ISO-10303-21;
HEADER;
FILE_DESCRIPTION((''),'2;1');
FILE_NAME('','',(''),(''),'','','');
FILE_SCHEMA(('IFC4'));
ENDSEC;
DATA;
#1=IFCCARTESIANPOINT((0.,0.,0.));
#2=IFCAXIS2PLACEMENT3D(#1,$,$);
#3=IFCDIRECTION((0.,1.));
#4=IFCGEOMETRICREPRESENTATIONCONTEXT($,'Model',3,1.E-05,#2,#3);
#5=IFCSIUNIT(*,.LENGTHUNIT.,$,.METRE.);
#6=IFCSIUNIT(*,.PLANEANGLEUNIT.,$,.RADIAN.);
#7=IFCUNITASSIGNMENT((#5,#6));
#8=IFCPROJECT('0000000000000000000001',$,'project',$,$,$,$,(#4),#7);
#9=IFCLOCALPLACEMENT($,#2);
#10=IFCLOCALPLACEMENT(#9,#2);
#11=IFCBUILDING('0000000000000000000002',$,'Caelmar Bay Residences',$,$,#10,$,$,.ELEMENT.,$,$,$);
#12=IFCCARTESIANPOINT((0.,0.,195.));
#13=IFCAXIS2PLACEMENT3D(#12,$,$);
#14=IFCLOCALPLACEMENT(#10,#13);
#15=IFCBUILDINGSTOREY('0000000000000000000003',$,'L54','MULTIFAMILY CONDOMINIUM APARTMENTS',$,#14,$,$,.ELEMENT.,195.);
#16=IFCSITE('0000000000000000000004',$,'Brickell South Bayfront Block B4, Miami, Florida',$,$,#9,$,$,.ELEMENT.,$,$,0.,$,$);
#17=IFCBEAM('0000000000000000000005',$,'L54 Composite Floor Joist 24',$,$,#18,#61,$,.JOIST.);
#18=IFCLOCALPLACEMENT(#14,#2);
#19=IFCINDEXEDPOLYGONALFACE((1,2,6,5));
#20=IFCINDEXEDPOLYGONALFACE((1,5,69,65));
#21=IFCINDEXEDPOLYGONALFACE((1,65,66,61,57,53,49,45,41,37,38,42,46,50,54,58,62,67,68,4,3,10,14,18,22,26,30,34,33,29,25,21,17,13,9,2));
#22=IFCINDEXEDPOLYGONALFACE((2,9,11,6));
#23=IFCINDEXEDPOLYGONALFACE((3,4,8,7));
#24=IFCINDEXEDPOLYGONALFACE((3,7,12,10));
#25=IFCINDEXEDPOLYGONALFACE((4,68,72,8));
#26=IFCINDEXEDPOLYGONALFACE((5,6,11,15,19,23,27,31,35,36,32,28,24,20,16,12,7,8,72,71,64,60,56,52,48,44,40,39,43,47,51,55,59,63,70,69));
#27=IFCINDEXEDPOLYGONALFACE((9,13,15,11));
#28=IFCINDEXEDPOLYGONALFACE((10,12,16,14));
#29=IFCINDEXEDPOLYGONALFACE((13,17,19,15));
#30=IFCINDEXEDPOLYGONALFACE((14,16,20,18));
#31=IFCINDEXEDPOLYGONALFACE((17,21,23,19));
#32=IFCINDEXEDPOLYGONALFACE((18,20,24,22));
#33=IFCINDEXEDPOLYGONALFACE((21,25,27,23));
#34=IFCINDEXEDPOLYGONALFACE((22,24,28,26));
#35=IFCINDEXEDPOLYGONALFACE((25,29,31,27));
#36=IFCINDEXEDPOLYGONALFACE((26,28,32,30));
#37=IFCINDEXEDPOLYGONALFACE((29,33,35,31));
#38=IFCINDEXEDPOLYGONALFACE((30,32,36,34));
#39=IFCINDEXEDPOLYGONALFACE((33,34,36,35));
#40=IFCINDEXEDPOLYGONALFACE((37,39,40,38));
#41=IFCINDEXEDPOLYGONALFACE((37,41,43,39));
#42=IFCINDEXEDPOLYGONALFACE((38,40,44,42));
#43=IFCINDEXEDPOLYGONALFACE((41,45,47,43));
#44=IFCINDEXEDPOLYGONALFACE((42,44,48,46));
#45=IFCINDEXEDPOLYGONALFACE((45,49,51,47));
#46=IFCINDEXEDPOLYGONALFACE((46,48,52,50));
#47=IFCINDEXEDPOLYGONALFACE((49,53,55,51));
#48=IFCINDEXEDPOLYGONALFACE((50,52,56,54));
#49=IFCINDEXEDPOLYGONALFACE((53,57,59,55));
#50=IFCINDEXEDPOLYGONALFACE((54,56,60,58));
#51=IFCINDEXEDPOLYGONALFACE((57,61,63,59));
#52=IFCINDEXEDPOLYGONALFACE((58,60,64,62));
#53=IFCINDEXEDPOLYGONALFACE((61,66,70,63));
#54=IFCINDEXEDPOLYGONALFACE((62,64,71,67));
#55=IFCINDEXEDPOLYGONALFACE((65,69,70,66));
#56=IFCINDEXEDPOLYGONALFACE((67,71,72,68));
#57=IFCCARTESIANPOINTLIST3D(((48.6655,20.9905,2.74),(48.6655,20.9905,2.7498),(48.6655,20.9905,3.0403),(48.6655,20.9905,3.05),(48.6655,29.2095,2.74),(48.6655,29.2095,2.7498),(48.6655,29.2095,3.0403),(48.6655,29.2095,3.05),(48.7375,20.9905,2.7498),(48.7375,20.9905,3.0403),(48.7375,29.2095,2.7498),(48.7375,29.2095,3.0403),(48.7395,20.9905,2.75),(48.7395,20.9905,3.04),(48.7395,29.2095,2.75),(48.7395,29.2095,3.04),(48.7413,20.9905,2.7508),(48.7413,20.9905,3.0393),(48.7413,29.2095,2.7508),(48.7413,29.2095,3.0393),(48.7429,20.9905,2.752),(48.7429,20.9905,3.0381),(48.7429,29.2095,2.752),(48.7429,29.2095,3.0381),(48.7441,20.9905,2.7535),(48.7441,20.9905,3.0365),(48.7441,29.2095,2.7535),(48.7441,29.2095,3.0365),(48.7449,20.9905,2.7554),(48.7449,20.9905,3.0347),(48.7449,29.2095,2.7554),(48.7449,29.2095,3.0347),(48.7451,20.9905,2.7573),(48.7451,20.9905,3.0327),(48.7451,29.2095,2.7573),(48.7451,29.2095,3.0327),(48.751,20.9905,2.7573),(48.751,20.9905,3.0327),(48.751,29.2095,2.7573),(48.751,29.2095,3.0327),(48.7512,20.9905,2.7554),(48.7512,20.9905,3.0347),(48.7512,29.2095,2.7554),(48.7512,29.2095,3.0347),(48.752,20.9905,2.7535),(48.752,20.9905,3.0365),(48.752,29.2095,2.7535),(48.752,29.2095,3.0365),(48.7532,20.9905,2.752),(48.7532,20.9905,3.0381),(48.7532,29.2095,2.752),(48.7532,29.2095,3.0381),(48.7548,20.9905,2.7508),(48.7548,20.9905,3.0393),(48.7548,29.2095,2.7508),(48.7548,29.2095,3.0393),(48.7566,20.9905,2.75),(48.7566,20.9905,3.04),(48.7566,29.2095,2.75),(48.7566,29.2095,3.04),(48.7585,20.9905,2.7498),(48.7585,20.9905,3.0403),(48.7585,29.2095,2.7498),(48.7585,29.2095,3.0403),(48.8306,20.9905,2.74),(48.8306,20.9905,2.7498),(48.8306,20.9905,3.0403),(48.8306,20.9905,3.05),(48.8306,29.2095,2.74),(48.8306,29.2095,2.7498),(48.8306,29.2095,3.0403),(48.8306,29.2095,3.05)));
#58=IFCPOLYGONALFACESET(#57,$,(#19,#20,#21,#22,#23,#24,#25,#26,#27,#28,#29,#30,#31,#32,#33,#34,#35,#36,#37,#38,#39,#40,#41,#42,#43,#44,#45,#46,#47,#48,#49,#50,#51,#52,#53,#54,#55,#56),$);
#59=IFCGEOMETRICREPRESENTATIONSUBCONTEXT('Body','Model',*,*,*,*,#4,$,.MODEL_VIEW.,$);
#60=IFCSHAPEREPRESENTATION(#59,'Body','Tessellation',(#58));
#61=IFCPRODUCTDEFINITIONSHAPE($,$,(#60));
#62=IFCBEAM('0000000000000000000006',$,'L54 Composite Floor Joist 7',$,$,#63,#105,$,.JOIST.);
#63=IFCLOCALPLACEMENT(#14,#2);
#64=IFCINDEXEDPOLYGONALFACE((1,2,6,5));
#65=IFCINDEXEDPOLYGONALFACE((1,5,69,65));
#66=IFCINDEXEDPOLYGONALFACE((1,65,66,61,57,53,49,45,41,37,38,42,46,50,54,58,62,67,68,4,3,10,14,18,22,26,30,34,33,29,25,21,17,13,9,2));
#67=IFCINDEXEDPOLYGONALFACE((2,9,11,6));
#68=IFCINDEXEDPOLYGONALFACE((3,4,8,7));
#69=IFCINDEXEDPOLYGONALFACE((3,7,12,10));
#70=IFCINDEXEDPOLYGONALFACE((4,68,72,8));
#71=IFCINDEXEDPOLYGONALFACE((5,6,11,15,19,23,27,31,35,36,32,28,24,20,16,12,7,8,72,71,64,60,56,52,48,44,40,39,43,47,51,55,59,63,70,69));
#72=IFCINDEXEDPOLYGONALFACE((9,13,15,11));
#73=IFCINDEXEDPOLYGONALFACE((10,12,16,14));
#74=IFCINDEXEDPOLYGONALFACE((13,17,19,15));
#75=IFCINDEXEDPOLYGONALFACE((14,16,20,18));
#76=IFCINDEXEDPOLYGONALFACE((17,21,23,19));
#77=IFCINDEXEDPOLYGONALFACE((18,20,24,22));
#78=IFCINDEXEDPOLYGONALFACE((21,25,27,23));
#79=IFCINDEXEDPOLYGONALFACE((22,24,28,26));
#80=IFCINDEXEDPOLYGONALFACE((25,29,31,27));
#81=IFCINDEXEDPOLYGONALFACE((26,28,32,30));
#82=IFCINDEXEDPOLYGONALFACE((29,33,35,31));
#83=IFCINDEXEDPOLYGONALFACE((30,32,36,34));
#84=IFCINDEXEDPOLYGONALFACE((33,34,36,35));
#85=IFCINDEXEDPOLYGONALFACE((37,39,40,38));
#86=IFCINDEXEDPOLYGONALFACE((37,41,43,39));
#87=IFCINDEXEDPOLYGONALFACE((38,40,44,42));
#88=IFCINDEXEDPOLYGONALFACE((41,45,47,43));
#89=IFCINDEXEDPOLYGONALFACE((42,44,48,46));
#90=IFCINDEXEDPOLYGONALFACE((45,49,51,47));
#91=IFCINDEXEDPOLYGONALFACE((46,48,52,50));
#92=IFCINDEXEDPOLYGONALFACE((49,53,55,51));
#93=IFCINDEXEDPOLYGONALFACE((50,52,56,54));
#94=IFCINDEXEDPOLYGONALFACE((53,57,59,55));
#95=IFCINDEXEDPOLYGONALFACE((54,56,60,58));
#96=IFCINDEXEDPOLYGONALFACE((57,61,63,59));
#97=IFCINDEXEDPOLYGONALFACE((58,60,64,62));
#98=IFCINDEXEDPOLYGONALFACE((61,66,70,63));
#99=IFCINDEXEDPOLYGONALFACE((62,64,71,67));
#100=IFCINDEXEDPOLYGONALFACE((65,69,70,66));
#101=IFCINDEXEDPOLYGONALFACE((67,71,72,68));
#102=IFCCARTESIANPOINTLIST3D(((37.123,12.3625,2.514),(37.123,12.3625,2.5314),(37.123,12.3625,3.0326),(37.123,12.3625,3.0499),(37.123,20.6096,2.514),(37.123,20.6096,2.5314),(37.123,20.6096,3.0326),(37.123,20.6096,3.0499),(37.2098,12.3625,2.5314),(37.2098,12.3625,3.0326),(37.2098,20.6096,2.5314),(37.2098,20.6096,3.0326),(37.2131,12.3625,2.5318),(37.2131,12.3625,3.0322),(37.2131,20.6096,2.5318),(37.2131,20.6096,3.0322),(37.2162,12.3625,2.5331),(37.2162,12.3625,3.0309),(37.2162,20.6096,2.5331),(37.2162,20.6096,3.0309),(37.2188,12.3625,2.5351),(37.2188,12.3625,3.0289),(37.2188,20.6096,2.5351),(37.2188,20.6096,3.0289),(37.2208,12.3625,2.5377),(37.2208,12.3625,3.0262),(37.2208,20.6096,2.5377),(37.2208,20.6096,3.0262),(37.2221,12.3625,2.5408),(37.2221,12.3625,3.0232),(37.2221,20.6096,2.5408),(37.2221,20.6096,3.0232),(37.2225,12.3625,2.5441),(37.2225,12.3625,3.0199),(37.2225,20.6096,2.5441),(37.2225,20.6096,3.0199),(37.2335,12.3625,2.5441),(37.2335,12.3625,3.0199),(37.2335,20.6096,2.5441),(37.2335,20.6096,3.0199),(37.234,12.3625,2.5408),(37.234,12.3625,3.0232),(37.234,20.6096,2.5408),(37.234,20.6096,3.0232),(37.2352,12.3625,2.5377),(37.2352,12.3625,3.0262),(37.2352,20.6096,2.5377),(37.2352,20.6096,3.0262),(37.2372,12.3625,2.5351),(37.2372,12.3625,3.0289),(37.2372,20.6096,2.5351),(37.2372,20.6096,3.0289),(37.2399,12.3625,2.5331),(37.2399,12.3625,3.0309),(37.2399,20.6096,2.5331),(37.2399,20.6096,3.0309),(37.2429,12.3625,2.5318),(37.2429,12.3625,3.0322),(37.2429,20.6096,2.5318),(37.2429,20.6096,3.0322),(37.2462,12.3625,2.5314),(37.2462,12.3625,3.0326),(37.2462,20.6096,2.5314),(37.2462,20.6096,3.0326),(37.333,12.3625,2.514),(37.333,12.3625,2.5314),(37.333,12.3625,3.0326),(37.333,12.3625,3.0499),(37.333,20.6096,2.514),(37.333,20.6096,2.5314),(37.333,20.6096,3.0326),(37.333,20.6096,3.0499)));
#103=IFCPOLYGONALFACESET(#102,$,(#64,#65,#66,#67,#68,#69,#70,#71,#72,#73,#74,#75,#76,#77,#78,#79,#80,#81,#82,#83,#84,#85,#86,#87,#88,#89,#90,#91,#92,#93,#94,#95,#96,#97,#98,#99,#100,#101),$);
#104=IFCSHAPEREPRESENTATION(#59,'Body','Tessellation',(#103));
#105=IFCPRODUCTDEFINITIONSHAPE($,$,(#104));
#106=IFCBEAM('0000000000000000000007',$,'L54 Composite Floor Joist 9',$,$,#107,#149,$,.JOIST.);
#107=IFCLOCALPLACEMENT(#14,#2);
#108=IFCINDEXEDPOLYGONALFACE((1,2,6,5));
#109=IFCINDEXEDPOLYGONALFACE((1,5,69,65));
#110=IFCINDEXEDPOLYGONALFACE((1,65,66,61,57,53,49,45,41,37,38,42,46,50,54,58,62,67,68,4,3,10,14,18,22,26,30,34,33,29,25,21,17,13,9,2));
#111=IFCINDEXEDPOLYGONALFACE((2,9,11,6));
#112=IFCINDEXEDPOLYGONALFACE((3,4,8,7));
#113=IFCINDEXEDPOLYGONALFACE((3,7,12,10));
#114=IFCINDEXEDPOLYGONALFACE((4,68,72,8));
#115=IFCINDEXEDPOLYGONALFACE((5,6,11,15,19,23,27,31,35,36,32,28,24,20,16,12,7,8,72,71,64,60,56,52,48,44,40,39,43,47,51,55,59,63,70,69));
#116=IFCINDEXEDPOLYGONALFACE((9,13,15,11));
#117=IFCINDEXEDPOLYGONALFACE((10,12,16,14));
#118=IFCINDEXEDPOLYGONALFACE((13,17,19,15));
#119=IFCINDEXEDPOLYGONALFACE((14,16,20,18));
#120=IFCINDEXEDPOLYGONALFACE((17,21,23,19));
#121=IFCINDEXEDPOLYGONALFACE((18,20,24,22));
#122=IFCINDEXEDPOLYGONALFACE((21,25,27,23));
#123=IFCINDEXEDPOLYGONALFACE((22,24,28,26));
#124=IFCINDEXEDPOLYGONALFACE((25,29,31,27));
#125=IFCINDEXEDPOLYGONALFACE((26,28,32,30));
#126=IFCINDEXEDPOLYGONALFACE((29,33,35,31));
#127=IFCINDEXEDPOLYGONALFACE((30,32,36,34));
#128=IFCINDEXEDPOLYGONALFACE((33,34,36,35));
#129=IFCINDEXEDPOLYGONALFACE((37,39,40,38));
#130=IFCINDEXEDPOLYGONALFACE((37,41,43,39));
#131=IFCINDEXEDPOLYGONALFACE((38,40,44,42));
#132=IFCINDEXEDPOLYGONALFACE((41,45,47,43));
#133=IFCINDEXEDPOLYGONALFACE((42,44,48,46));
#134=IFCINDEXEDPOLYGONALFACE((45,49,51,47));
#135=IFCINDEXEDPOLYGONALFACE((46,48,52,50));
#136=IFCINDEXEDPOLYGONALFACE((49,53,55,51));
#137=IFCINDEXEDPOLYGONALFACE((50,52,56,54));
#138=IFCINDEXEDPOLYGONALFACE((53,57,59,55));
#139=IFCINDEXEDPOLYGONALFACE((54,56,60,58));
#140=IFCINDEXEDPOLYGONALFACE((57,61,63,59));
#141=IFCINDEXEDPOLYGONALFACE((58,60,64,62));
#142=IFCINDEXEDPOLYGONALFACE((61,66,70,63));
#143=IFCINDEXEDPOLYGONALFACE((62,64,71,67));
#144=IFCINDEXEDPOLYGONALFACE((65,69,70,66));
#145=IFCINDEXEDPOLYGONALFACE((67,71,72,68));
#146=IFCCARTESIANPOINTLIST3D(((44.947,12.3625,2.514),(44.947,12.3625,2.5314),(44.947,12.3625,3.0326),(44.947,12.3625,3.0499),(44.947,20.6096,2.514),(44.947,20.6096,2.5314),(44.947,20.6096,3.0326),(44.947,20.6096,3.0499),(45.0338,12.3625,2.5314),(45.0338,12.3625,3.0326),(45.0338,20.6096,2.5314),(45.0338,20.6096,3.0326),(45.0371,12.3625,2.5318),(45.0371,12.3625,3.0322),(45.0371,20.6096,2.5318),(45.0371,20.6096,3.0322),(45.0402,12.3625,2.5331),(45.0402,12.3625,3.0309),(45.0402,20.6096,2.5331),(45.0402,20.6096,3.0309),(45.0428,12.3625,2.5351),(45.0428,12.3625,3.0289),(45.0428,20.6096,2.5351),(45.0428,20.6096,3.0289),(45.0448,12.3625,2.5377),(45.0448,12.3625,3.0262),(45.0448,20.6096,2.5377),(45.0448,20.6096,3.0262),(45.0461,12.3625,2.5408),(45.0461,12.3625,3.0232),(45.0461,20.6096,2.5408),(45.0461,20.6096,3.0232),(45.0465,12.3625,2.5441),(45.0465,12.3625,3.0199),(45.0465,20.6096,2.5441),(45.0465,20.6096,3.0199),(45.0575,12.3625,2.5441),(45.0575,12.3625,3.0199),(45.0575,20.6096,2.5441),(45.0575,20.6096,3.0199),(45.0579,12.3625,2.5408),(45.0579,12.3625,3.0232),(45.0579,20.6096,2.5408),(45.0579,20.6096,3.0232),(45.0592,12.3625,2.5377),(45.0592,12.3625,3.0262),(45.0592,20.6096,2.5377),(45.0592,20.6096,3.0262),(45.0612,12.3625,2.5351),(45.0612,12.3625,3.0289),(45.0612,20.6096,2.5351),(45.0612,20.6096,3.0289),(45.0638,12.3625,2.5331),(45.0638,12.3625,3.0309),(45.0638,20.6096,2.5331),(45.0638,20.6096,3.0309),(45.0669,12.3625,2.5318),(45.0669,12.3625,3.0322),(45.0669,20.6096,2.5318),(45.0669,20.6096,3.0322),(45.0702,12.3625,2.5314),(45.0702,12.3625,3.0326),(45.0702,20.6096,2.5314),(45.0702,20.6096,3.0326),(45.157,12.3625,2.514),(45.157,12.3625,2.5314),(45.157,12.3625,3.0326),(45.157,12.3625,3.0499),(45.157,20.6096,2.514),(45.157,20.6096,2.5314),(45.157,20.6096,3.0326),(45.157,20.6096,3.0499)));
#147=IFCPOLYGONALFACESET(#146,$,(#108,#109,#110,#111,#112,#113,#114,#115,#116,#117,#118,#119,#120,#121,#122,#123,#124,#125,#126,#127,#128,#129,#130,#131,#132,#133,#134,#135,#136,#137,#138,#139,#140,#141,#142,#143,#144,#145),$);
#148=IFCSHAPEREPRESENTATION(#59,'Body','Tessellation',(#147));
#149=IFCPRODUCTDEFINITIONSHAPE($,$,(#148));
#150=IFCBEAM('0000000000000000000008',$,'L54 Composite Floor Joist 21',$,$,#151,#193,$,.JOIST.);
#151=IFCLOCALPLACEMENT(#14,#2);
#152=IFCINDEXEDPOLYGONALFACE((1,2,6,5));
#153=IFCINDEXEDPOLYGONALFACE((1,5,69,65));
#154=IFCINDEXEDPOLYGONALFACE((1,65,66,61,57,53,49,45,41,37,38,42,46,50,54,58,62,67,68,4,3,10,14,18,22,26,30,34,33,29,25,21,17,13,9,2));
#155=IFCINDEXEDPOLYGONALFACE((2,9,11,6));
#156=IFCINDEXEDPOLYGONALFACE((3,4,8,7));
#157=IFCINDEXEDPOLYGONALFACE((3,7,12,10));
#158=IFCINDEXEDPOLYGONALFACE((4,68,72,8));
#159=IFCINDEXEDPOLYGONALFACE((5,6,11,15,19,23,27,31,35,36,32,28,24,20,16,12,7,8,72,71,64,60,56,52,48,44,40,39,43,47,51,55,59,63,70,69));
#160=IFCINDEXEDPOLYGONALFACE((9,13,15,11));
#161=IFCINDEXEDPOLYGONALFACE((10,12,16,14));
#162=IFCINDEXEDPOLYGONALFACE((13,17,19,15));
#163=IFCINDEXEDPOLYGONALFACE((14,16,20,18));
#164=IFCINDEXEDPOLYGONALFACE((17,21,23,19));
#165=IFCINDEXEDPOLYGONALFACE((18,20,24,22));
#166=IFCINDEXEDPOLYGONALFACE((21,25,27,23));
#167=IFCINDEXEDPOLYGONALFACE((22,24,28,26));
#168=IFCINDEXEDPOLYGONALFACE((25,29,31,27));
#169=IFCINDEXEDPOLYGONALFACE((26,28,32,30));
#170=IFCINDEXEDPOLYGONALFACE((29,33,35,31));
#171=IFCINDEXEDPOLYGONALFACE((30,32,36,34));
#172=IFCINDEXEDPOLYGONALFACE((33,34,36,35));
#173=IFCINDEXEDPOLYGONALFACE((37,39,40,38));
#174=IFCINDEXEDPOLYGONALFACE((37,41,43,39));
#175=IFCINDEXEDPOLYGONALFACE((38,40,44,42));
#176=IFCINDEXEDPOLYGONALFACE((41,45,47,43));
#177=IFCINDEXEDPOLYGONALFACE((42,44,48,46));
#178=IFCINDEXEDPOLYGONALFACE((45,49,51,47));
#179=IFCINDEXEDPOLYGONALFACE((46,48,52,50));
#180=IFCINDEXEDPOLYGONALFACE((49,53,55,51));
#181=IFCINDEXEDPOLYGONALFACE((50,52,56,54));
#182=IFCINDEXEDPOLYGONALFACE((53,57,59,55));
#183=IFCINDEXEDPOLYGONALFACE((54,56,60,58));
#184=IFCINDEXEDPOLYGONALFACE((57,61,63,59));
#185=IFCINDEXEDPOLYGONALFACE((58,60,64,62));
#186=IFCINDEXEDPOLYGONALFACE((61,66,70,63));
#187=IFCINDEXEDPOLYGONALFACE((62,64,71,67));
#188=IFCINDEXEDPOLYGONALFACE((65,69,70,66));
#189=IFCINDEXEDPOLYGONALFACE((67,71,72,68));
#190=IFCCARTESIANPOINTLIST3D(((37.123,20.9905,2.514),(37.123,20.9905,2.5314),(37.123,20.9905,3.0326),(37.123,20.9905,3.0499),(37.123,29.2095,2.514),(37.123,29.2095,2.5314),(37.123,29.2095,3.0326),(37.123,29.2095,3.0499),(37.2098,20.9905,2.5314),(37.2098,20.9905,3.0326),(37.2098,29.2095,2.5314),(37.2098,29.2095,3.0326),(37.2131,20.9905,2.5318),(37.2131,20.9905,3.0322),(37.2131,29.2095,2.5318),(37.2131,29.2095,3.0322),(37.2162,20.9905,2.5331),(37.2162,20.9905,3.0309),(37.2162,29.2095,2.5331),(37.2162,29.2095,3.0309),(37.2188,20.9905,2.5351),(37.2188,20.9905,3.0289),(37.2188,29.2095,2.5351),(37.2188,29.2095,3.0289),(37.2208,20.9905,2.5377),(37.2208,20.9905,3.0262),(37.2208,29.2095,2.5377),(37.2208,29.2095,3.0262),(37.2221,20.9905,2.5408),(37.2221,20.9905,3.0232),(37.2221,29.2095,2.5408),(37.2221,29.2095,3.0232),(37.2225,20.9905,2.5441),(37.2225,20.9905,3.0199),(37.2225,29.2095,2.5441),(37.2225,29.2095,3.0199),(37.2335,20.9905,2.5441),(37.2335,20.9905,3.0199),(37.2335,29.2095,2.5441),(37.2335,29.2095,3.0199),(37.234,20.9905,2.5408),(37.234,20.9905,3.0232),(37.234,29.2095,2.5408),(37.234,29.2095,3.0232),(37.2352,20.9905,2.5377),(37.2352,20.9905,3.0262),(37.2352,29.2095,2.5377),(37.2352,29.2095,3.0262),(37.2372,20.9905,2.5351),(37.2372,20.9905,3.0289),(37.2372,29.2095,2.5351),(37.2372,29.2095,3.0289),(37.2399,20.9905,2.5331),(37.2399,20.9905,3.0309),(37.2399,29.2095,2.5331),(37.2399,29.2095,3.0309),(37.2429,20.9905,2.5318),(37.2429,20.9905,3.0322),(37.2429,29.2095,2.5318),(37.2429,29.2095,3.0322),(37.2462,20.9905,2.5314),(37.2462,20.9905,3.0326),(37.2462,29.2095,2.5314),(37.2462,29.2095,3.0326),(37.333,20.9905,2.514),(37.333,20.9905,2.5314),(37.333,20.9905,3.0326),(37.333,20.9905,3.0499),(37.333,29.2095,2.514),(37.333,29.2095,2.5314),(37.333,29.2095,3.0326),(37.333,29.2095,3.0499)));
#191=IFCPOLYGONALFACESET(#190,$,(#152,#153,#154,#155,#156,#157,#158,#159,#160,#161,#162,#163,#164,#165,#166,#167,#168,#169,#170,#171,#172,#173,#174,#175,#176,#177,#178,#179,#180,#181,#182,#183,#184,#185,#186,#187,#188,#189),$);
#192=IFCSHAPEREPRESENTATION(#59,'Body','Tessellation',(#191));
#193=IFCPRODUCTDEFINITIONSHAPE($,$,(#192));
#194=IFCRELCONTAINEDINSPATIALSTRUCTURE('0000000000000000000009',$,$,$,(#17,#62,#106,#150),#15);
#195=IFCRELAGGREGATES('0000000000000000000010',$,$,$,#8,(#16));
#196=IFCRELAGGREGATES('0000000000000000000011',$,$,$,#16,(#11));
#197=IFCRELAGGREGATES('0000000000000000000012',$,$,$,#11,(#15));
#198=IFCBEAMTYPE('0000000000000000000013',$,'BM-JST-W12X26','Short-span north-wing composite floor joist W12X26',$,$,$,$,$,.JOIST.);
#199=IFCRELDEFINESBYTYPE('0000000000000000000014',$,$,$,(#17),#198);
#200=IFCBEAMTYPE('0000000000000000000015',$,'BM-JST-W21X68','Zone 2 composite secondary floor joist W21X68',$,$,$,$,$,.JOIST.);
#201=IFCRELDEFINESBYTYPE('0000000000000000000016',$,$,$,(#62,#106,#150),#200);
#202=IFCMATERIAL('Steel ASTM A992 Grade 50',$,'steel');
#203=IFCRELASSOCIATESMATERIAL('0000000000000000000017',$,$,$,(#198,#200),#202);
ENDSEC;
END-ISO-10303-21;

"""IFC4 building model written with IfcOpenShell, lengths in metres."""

from ifc_helpers import new_model, si_unit, direction, frame, origin, origin_2d, place, context, subcontext, project, spatial, i_section, extrude, material, material_profile, profile_set, type_object, element, save


model = new_model("IFC4")

# Units and contexts
model_context = context("Model", 3, precision=1e-05, world=origin(), true_north=direction((0.0, 1.0)))
body_context = subcontext(model_context, "Body", "Model", "MODEL_VIEW")
ifc_project = project(units=[si_unit("LENGTHUNIT", "METRE"), si_unit("PLANEANGLEUNIT", "RADIAN")], contexts=[model_context])

# Site, building, storey
site_placement = place(None, origin())
site = spatial("IfcSite", under=ifc_project, at=site_placement, Name="Brickell South Bayfront Block B4, Miami, Florida", CompositionType="ELEMENT", RefElevation=0.0)
building_placement = place(site_placement, origin())
building = spatial("IfcBuilding", under=site, at=building_placement, Name="Caelmar Bay Residences", CompositionType="ELEMENT")
storey_placement = place(building_placement, frame((0.0, 0.0, 195.0)))
storey = spatial("IfcBuildingStorey", under=building, at=storey_placement, Name="L54", Description="MULTIFAMILY CONDOMINIUM APARTMENTS", CompositionType="ELEMENT", Elevation=195.0)

# Beams
ifc_material_1 = material(Name="Steel ASTM A992 Grade 50", Category="steel")
ifc_material_profile_1 = material_profile(ifc_material_1, i_section(OverallWidth=0.165, OverallDepth=0.3101, WebThickness=0.0059, FlangeThickness=0.0098, FilletRadius=0.0076, at=origin_2d()), Name="W12X26")
ifc_profile_set_1 = profile_set([ifc_material_profile_1], Name="Steel ASTM A992 Grade 50")
beam_type_1 = type_object("IfcBeamType", Name="BM-JST-W12X26", Description="Short-span north-wing composite floor joist W12X26", PredefinedType="JOIST", material=ifc_profile_set_1)
for number, where, z_axis, x_axis, name in (
    (1, (48.748, 20.9905, 2.895), (0.0, 1.0, 0.0), (-1.0, 0.0, 0.0), "L54 Composite Floor Joist 24"),
):
    element("IfcBeam", number, at=place(storey_placement, frame(where, z_axis=z_axis, x_axis=x_axis)), inside=storey, type_object=beam_type_1, Name=name, PredefinedType="JOIST", context=body_context, shape_type="SweptSolid", body=[
        extrude(i_section(OverallWidth=0.165, OverallDepth=0.3101, WebThickness=0.0059, FlangeThickness=0.0098, FilletRadius=0.0076, at=origin_2d()), origin(), (0.0, 0.0, 1.0), 8.219),
    ])
ifc_material_profile_2 = material_profile(ifc_material_1, i_section(OverallWidth=0.21, OverallDepth=0.5359, WebThickness=0.011, FlangeThickness=0.0173, FilletRadius=0.0127, at=origin_2d()), Name="W21X68")
ifc_profile_set_2 = profile_set([ifc_material_profile_2], Name="Steel ASTM A992 Grade 50")
beam_type_2 = type_object("IfcBeamType", Name="BM-JST-W21X68", Description="Zone 2 composite secondary floor joist W21X68", PredefinedType="JOIST", material=ifc_profile_set_2)
for number, where, z_axis, x_axis, name in (
    (2, (37.228, 12.3625, 2.782), (0.0, 1.0, 0.0), (-1.0, 0.0, 0.0), "L54 Composite Floor Joist 7"),
    (3, (45.052, 12.3625, 2.782), (0.0, 1.0, 0.0), (-1.0, 0.0, 0.0), "L54 Composite Floor Joist 9"),
):
    element("IfcBeam", number, at=place(storey_placement, frame(where, z_axis=z_axis, x_axis=x_axis)), inside=storey, type_object=beam_type_2, Name=name, PredefinedType="JOIST", context=body_context, shape_type="SweptSolid", body=[
        extrude(i_section(OverallWidth=0.21, OverallDepth=0.5359, WebThickness=0.011, FlangeThickness=0.0173, FilletRadius=0.0127, at=origin_2d()), origin(), (0.0, 0.0, 1.0), 8.2471),
    ])
for number, where, z_axis, x_axis, name in (
    (4, (37.228, 20.9905, 2.782), (0.0, 1.0, 0.0), (-1.0, 0.0, 0.0), "L54 Composite Floor Joist 21"),
):
    element("IfcBeam", number, at=place(storey_placement, frame(where, z_axis=z_axis, x_axis=x_axis)), inside=storey, type_object=beam_type_2, Name=name, PredefinedType="JOIST", context=body_context, shape_type="SweptSolid", body=[
        extrude(i_section(OverallWidth=0.21, OverallDepth=0.5359, WebThickness=0.011, FlangeThickness=0.0173, FilletRadius=0.0127, at=origin_2d()), origin(), (0.0, 0.0, 1.0), 8.219),
    ])

save(model, "model.ifc")
